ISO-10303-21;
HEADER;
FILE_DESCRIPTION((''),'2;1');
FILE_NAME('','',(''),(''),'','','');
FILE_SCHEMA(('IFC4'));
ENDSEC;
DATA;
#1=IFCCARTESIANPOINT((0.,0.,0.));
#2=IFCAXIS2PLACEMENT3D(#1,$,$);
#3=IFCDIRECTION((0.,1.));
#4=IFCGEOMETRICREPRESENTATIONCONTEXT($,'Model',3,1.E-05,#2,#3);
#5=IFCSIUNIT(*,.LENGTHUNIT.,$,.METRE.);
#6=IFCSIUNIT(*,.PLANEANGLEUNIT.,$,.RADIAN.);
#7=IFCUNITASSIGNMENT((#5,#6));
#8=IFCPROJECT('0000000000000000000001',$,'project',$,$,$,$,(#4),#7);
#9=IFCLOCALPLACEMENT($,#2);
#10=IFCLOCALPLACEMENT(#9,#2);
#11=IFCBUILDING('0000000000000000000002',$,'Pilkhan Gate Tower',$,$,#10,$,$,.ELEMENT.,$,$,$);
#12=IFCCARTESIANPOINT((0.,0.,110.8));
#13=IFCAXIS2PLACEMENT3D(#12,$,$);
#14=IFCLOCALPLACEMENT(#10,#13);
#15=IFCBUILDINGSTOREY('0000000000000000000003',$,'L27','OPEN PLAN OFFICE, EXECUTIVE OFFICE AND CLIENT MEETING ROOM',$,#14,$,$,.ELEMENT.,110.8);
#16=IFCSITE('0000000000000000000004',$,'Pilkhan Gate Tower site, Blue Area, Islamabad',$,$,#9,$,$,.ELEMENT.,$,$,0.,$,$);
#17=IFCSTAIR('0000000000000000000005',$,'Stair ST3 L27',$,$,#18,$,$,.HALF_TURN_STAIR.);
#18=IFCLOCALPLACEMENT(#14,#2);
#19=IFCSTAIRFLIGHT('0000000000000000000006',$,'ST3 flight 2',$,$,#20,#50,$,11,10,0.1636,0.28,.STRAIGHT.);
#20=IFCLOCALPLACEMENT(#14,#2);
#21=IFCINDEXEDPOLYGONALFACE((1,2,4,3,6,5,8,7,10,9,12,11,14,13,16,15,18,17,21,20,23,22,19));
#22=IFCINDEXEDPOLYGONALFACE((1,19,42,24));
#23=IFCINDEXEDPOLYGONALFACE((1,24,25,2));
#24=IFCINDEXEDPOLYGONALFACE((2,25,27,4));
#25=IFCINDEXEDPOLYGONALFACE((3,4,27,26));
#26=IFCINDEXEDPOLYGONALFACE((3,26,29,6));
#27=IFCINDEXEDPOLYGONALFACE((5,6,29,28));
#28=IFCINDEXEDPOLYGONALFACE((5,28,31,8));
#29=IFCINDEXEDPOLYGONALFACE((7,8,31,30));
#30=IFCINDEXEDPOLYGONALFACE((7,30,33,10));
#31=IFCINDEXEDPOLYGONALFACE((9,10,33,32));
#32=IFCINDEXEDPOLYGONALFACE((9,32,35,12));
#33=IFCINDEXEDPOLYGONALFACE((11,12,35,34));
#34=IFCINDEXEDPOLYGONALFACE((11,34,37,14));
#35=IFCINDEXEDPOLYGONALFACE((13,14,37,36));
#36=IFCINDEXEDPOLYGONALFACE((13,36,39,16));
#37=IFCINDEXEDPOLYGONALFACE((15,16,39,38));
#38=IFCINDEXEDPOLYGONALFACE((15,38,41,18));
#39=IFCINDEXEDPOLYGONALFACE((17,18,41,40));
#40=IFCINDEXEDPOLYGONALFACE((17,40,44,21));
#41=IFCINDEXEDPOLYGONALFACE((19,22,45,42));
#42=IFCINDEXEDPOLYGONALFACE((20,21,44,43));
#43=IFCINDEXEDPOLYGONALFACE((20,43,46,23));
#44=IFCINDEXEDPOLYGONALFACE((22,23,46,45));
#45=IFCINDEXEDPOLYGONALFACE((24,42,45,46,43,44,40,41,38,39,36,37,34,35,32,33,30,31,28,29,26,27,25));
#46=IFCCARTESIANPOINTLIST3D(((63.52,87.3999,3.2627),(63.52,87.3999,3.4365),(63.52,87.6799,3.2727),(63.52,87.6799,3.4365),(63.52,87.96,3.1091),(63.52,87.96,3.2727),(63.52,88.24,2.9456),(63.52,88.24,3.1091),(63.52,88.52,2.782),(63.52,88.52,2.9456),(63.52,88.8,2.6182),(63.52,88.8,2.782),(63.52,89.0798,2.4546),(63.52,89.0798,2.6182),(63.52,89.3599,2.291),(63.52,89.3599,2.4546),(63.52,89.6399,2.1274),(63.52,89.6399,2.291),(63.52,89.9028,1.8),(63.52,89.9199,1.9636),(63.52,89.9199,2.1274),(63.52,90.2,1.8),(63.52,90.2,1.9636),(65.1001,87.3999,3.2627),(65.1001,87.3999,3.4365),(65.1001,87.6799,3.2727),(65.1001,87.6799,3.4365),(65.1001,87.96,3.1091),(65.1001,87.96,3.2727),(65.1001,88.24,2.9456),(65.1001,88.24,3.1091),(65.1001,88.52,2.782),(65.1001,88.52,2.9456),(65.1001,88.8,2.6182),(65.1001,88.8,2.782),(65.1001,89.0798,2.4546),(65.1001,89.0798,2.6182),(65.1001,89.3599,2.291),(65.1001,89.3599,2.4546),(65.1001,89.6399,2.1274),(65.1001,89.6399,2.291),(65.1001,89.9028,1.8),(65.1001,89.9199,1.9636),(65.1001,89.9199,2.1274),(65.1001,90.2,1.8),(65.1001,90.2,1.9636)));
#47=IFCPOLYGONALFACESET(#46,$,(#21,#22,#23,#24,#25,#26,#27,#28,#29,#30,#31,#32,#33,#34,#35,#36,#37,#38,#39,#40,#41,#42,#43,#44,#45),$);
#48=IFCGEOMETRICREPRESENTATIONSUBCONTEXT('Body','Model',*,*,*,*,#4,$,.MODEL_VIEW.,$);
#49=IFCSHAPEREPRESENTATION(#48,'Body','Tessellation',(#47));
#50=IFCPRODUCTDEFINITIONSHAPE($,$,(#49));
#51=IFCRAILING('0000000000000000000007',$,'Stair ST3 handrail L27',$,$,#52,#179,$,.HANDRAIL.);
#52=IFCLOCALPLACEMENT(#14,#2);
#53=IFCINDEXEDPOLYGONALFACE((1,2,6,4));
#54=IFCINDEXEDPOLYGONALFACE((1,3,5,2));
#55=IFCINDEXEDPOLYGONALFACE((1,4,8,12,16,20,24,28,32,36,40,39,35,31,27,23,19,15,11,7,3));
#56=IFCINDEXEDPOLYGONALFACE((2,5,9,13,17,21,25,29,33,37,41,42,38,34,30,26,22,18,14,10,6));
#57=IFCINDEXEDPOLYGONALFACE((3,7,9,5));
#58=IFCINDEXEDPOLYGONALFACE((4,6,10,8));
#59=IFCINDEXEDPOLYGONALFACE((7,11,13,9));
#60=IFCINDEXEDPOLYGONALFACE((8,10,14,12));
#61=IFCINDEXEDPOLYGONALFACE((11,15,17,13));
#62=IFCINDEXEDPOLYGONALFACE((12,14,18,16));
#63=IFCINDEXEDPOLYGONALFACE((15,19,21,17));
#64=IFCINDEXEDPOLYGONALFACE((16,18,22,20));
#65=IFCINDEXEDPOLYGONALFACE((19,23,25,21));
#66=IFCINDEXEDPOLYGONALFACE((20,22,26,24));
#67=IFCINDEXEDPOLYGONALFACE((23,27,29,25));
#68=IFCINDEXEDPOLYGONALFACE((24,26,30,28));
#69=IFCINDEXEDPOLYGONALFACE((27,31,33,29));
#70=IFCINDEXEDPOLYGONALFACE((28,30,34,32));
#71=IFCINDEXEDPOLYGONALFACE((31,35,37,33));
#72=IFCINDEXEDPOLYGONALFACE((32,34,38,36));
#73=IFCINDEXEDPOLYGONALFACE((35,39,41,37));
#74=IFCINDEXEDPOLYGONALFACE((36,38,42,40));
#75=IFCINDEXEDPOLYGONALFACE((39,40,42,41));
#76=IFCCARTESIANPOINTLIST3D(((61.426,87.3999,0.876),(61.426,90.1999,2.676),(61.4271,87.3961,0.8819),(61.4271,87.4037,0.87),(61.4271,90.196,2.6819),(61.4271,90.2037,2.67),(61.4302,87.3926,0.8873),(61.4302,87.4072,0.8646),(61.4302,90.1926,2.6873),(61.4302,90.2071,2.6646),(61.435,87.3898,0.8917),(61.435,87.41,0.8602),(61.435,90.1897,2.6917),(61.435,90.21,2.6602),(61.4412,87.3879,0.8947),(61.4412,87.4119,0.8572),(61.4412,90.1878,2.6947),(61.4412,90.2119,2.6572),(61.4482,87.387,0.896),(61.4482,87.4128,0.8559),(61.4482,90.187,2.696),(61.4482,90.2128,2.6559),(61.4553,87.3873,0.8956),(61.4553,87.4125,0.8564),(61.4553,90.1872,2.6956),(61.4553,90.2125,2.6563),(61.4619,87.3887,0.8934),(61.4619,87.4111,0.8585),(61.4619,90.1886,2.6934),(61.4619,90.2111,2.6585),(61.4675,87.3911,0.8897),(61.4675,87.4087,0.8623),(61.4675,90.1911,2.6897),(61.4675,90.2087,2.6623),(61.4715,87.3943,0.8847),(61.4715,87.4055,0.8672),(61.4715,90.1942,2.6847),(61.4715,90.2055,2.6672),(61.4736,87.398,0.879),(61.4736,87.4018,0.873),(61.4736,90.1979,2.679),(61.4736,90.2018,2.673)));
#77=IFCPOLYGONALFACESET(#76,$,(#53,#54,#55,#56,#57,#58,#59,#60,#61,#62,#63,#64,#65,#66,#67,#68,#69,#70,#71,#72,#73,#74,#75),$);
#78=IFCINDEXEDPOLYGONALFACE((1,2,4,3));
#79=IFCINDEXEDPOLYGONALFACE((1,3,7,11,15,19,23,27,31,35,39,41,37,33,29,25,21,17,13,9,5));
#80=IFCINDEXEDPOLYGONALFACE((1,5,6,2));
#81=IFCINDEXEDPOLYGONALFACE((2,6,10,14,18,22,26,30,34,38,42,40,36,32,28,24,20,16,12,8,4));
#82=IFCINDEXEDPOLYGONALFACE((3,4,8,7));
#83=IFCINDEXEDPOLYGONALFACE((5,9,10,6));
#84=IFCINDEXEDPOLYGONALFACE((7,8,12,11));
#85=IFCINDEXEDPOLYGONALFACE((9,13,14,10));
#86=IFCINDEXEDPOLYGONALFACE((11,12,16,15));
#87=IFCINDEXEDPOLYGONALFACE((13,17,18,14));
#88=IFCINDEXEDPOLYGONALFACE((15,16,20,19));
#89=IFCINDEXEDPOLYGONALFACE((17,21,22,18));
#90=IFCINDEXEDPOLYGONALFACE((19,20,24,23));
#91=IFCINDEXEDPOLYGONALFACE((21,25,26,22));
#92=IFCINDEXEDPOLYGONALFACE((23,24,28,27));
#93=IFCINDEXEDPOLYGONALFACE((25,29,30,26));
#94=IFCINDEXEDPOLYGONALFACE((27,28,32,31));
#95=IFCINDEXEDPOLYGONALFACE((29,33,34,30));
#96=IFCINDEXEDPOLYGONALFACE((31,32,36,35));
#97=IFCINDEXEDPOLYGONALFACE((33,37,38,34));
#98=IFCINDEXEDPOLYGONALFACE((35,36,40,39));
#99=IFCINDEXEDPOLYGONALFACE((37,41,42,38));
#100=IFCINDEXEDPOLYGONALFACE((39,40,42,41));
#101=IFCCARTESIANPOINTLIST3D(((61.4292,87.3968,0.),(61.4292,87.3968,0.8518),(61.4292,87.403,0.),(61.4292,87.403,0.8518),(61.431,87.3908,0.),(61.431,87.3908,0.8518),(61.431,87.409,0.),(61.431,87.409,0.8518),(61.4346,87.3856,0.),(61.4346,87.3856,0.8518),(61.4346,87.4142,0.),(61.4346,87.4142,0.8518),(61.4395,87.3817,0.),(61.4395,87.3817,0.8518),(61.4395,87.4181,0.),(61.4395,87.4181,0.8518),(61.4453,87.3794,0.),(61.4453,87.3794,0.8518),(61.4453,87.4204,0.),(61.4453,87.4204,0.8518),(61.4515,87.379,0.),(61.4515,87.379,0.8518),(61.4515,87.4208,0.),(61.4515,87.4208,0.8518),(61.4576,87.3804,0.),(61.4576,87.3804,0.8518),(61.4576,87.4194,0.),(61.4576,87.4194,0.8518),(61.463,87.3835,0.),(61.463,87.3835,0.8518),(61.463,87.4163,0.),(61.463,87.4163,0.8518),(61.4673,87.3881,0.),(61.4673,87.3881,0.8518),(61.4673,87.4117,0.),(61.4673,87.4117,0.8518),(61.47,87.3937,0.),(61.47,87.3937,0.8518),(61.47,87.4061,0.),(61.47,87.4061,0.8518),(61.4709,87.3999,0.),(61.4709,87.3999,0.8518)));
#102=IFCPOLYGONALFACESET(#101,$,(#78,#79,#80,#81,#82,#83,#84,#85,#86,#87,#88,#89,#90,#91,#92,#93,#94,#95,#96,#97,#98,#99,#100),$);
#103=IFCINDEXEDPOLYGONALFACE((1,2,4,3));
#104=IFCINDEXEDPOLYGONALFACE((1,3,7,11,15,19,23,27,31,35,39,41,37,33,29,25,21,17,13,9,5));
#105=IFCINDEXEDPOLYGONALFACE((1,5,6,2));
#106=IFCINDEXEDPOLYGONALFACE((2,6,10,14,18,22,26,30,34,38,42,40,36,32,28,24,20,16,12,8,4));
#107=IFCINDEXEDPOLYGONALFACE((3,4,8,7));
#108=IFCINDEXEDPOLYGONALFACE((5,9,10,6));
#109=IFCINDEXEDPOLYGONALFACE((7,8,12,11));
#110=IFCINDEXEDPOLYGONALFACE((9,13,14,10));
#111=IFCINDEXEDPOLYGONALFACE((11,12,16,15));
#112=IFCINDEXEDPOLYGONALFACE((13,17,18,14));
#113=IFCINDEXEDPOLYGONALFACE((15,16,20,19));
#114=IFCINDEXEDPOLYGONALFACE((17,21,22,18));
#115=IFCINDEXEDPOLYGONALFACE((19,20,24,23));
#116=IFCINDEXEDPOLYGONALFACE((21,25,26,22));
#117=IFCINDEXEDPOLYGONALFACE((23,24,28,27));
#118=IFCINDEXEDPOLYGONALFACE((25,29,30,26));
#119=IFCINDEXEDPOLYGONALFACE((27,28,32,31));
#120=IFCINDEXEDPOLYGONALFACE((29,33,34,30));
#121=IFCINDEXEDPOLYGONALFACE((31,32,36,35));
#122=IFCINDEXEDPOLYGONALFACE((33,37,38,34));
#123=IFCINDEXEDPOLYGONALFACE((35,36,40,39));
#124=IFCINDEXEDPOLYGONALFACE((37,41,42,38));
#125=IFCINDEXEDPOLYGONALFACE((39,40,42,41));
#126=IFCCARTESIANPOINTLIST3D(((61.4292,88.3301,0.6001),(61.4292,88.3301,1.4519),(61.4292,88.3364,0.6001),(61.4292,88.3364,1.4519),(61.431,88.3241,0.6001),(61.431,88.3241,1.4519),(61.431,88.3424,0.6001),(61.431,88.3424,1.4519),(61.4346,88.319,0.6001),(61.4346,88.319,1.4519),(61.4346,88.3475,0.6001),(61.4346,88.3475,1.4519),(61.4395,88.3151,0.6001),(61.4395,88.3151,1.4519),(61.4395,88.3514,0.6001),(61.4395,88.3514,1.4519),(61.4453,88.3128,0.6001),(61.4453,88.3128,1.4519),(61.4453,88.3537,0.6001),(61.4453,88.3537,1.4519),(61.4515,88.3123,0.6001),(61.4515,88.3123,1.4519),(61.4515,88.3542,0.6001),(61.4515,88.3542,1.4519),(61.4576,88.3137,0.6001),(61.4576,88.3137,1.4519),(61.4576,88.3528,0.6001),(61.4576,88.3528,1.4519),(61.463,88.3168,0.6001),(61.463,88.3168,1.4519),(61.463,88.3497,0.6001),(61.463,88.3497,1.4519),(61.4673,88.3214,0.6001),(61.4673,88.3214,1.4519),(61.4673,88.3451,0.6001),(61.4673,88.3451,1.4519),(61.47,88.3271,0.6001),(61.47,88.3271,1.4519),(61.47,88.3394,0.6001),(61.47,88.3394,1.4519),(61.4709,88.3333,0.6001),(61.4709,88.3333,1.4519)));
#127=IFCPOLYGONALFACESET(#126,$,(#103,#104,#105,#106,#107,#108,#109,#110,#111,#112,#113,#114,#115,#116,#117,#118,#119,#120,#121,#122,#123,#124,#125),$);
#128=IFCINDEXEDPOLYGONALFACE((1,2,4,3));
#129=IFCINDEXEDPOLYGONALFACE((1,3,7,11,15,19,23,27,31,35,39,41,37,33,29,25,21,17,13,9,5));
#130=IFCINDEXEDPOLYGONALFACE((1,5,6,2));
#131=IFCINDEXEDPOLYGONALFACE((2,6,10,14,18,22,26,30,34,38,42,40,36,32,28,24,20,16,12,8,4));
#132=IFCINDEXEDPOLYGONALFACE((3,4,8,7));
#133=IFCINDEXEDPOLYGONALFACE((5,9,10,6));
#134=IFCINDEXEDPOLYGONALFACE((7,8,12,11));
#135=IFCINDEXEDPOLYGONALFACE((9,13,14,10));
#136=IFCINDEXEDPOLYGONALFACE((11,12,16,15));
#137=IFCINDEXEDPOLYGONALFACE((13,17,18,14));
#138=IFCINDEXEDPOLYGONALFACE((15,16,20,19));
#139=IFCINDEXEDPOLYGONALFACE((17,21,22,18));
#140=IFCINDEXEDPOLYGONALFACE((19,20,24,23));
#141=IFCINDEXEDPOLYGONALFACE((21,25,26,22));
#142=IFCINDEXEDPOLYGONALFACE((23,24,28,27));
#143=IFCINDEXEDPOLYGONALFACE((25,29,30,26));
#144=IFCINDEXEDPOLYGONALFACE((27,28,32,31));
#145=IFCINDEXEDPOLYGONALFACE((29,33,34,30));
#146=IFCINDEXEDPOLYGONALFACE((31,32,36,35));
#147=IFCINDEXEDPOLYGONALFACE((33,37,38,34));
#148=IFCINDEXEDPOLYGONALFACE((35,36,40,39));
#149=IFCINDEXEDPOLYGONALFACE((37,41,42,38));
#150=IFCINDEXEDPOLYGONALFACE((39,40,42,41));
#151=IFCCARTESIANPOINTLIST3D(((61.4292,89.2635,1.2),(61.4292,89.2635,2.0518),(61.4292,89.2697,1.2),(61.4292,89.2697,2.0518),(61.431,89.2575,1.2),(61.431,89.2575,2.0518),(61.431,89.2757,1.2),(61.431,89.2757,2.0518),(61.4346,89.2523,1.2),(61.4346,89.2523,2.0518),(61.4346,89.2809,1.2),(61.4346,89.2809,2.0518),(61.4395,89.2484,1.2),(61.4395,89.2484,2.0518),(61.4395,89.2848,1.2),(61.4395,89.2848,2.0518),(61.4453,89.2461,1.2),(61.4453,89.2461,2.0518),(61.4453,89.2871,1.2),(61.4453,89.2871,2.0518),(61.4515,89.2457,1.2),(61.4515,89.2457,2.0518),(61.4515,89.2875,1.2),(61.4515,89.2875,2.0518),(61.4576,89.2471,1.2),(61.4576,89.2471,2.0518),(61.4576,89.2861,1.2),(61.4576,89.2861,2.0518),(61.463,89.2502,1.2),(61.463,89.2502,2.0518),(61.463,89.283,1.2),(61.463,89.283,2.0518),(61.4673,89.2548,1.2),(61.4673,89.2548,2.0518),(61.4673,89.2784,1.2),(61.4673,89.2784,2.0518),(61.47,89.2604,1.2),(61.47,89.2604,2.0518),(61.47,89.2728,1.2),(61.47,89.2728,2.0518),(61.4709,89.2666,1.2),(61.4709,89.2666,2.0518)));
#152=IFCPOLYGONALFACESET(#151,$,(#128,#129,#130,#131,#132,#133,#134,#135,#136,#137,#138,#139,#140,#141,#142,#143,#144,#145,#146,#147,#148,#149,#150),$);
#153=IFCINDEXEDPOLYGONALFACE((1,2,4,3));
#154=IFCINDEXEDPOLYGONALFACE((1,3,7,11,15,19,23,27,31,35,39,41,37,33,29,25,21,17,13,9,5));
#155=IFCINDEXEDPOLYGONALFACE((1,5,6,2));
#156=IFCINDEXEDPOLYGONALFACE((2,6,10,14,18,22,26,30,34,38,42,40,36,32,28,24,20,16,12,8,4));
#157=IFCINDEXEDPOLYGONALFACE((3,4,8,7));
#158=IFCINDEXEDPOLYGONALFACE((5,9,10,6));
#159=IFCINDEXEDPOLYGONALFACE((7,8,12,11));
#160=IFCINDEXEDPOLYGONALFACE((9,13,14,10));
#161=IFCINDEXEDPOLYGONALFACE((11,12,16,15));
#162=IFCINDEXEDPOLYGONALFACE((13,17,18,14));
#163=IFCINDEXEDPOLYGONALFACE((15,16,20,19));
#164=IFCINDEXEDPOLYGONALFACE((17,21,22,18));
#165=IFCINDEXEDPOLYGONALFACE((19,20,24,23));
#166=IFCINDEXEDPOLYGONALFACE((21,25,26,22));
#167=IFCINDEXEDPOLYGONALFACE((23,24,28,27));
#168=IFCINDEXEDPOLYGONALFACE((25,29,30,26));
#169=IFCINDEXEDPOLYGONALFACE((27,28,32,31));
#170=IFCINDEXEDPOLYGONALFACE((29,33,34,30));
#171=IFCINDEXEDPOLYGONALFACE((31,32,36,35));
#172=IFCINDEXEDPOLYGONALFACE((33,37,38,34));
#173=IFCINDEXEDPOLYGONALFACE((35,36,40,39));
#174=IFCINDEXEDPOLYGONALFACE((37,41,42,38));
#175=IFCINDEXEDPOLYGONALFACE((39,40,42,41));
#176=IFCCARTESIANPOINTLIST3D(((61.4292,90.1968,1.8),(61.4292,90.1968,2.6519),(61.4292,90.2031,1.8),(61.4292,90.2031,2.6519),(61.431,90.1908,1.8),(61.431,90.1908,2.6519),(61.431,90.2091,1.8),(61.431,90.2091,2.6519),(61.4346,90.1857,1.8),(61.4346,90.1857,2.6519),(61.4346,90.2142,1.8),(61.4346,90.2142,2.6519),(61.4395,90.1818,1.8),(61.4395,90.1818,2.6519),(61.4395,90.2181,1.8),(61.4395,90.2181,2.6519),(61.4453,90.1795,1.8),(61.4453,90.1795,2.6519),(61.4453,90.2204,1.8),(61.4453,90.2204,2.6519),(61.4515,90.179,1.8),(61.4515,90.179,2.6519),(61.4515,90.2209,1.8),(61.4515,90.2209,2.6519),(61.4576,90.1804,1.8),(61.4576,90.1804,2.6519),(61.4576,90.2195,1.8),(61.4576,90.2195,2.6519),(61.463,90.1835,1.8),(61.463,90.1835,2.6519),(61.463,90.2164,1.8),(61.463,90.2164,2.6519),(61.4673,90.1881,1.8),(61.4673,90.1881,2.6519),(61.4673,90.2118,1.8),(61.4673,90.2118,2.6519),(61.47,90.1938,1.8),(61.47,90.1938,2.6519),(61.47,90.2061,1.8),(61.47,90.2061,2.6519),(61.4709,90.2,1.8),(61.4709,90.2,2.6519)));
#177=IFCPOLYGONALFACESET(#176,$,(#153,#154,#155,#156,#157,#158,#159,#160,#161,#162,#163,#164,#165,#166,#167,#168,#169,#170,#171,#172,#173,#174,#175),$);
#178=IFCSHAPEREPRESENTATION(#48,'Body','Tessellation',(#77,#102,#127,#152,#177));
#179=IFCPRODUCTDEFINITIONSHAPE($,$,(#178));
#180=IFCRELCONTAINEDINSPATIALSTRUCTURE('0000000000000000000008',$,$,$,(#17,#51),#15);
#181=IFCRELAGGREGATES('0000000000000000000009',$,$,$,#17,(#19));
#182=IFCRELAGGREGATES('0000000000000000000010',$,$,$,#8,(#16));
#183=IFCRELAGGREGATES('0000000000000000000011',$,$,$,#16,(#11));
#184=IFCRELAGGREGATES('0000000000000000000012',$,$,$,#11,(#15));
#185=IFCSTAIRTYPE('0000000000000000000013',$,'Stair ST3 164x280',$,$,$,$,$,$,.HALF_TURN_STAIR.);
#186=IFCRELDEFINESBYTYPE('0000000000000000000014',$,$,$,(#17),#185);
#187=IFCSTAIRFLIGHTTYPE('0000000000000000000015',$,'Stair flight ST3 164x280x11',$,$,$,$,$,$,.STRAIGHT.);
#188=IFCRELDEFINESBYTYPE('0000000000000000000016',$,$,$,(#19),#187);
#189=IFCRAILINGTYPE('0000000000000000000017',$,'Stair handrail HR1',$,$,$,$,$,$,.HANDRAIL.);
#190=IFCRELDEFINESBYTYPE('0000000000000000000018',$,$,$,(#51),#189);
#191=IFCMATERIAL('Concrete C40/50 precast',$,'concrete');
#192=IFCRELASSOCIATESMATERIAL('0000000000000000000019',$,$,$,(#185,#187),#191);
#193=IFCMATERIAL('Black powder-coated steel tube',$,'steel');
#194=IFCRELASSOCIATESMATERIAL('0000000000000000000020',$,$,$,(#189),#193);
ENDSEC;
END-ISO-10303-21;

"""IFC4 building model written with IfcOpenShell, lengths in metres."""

from ifc_helpers import new_model, si_unit, direction, frame, origin, origin_2d, place, context, subcontext, project, spatial, polyline, circle, outline, extrude, material, type_object, element, aggregate, save


model = new_model("IFC4")

# Units and contexts
model_context = context("Model", 3, precision=1e-05, world=origin(), true_north=direction((0.0, 1.0)))
body_context = subcontext(model_context, "Body", "Model", "MODEL_VIEW")
ifc_project = project(units=[si_unit("LENGTHUNIT", "METRE"), si_unit("PLANEANGLEUNIT", "RADIAN")], contexts=[model_context])

# Site, building, storey
site_placement = place(None, origin())
site = spatial("IfcSite", under=ifc_project, at=site_placement, Name="Pilkhan Gate Tower site, Blue Area, Islamabad", CompositionType="ELEMENT", RefElevation=0.0)
building_placement = place(site_placement, origin())
building = spatial("IfcBuilding", under=site, at=building_placement, Name="Pilkhan Gate Tower", CompositionType="ELEMENT")
storey_placement = place(building_placement, frame((0.0, 0.0, 110.8)))
storey = spatial("IfcBuildingStorey", under=building, at=storey_placement, Name="L27", Description="OPEN PLAN OFFICE, EXECUTIVE OFFICE AND CLIENT MEETING ROOM", CompositionType="ELEMENT", Elevation=110.8)

# Stair, stair flight
ifc_material_1 = material(Name="Concrete C40/50 precast", Category="concrete")
stair_type = type_object("IfcStairType", Name="Stair ST3 164x280", PredefinedType="HALF_TURN_STAIR", material=ifc_material_1)
stair_placement = place(storey_placement, origin())
stair = element("IfcStair", 1, at=stair_placement, inside=storey, type_object=stair_type, Name="Stair ST3 L27", PredefinedType="HALF_TURN_STAIR")
stair_flight_type = type_object("IfcStairFlightType", Name="Stair flight ST3 164x280x11", PredefinedType="STRAIGHT", material=ifc_material_1)
stair_flight_1_placement = place(storey_placement, frame((64.3101, 90.2, 1.8), z_axis=(0.0, 0.0, 1.0), x_axis=(0.0, -1.0, 0.0)))
stair_flight_1 = element("IfcStairFlight", 2, at=stair_flight_1_placement, type_object=stair_flight_type, Name="ST3 flight 2", NumberOfRisers=11, NumberOfTreads=10, PredefinedType="STRAIGHT", RiserHeight=0.1636, TreadLength=0.28, context=body_context, shape_type="SweptSolid", body=[
    extrude(outline(polyline([(0.0, 0.0), (0.0, 0.1636), (0.28, 0.1636), (0.28, 0.3274), (0.5601, 0.3274), (0.5601, 0.491), (0.8401, 0.491), (0.8401, 0.6545), (1.1201, 0.6545), (1.1201, 0.8181), (1.3999, 0.8181), (1.3999, 0.9819), (1.6799, 0.9819), (1.6799, 1.1455), (1.96, 1.1455), (1.96, 1.3091), (2.24, 1.3091), (2.24, 1.4727), (2.52, 1.4727), (2.52, 1.6365), (2.8, 1.6365), (2.8, 1.8), (2.8, 1.4626), (0.2971, 0.0), (0.0, 0.0)])), frame((0.0, 0.79, 0.0), z_axis=(0.0, -1.0, 0.0), x_axis=(1.0, 0.0, 0.0)), (0.0, 0.0, 1.0), 1.5801),
])
aggregate(stair, [stair_flight_1])

# Railing
ifc_material_2 = material(Name="Black powder-coated steel tube", Category="steel")
railing_type_1 = type_object("IfcRailingType", Name="Stair handrail HR1", PredefinedType="HANDRAIL", material=ifc_material_2)
railing_1_placement = place(storey_placement, frame((61.45, 87.3999, 0.0)))
element("IfcRailing", 3, at=railing_1_placement, inside=storey, type_object=railing_type_1, Name="Stair ST3 handrail L27", PredefinedType="HANDRAIL", context=body_context, shape_type="SweptSolid", body=[
    extrude(circle(Radius=0.0239, at=origin_2d()), frame((0.0, 0.0, 0.876), z_axis=(0.0, 0.841176, 0.540761), x_axis=(-1.0, 0.0, 0.0)), (0.0, 0.0, 1.0), 3.3286),
    extrude(circle(Radius=0.021, at=origin_2d()), origin(), (0.0, 0.0, 1.0), 0.8518),
    extrude(circle(Radius=0.021, at=origin_2d()), frame((0.0, 0.9333, 0.6001)), (0.0, 0.0, 1.0), 0.8518),
    extrude(circle(Radius=0.021, at=origin_2d()), frame((0.0, 1.8667, 1.2)), (0.0, 0.0, 1.0), 0.8518),
    extrude(circle(Radius=0.021, at=origin_2d()), frame((0.0, 2.8, 1.8)), (0.0, 0.0, 1.0), 0.8518),
])

save(model, "model.ifc")
